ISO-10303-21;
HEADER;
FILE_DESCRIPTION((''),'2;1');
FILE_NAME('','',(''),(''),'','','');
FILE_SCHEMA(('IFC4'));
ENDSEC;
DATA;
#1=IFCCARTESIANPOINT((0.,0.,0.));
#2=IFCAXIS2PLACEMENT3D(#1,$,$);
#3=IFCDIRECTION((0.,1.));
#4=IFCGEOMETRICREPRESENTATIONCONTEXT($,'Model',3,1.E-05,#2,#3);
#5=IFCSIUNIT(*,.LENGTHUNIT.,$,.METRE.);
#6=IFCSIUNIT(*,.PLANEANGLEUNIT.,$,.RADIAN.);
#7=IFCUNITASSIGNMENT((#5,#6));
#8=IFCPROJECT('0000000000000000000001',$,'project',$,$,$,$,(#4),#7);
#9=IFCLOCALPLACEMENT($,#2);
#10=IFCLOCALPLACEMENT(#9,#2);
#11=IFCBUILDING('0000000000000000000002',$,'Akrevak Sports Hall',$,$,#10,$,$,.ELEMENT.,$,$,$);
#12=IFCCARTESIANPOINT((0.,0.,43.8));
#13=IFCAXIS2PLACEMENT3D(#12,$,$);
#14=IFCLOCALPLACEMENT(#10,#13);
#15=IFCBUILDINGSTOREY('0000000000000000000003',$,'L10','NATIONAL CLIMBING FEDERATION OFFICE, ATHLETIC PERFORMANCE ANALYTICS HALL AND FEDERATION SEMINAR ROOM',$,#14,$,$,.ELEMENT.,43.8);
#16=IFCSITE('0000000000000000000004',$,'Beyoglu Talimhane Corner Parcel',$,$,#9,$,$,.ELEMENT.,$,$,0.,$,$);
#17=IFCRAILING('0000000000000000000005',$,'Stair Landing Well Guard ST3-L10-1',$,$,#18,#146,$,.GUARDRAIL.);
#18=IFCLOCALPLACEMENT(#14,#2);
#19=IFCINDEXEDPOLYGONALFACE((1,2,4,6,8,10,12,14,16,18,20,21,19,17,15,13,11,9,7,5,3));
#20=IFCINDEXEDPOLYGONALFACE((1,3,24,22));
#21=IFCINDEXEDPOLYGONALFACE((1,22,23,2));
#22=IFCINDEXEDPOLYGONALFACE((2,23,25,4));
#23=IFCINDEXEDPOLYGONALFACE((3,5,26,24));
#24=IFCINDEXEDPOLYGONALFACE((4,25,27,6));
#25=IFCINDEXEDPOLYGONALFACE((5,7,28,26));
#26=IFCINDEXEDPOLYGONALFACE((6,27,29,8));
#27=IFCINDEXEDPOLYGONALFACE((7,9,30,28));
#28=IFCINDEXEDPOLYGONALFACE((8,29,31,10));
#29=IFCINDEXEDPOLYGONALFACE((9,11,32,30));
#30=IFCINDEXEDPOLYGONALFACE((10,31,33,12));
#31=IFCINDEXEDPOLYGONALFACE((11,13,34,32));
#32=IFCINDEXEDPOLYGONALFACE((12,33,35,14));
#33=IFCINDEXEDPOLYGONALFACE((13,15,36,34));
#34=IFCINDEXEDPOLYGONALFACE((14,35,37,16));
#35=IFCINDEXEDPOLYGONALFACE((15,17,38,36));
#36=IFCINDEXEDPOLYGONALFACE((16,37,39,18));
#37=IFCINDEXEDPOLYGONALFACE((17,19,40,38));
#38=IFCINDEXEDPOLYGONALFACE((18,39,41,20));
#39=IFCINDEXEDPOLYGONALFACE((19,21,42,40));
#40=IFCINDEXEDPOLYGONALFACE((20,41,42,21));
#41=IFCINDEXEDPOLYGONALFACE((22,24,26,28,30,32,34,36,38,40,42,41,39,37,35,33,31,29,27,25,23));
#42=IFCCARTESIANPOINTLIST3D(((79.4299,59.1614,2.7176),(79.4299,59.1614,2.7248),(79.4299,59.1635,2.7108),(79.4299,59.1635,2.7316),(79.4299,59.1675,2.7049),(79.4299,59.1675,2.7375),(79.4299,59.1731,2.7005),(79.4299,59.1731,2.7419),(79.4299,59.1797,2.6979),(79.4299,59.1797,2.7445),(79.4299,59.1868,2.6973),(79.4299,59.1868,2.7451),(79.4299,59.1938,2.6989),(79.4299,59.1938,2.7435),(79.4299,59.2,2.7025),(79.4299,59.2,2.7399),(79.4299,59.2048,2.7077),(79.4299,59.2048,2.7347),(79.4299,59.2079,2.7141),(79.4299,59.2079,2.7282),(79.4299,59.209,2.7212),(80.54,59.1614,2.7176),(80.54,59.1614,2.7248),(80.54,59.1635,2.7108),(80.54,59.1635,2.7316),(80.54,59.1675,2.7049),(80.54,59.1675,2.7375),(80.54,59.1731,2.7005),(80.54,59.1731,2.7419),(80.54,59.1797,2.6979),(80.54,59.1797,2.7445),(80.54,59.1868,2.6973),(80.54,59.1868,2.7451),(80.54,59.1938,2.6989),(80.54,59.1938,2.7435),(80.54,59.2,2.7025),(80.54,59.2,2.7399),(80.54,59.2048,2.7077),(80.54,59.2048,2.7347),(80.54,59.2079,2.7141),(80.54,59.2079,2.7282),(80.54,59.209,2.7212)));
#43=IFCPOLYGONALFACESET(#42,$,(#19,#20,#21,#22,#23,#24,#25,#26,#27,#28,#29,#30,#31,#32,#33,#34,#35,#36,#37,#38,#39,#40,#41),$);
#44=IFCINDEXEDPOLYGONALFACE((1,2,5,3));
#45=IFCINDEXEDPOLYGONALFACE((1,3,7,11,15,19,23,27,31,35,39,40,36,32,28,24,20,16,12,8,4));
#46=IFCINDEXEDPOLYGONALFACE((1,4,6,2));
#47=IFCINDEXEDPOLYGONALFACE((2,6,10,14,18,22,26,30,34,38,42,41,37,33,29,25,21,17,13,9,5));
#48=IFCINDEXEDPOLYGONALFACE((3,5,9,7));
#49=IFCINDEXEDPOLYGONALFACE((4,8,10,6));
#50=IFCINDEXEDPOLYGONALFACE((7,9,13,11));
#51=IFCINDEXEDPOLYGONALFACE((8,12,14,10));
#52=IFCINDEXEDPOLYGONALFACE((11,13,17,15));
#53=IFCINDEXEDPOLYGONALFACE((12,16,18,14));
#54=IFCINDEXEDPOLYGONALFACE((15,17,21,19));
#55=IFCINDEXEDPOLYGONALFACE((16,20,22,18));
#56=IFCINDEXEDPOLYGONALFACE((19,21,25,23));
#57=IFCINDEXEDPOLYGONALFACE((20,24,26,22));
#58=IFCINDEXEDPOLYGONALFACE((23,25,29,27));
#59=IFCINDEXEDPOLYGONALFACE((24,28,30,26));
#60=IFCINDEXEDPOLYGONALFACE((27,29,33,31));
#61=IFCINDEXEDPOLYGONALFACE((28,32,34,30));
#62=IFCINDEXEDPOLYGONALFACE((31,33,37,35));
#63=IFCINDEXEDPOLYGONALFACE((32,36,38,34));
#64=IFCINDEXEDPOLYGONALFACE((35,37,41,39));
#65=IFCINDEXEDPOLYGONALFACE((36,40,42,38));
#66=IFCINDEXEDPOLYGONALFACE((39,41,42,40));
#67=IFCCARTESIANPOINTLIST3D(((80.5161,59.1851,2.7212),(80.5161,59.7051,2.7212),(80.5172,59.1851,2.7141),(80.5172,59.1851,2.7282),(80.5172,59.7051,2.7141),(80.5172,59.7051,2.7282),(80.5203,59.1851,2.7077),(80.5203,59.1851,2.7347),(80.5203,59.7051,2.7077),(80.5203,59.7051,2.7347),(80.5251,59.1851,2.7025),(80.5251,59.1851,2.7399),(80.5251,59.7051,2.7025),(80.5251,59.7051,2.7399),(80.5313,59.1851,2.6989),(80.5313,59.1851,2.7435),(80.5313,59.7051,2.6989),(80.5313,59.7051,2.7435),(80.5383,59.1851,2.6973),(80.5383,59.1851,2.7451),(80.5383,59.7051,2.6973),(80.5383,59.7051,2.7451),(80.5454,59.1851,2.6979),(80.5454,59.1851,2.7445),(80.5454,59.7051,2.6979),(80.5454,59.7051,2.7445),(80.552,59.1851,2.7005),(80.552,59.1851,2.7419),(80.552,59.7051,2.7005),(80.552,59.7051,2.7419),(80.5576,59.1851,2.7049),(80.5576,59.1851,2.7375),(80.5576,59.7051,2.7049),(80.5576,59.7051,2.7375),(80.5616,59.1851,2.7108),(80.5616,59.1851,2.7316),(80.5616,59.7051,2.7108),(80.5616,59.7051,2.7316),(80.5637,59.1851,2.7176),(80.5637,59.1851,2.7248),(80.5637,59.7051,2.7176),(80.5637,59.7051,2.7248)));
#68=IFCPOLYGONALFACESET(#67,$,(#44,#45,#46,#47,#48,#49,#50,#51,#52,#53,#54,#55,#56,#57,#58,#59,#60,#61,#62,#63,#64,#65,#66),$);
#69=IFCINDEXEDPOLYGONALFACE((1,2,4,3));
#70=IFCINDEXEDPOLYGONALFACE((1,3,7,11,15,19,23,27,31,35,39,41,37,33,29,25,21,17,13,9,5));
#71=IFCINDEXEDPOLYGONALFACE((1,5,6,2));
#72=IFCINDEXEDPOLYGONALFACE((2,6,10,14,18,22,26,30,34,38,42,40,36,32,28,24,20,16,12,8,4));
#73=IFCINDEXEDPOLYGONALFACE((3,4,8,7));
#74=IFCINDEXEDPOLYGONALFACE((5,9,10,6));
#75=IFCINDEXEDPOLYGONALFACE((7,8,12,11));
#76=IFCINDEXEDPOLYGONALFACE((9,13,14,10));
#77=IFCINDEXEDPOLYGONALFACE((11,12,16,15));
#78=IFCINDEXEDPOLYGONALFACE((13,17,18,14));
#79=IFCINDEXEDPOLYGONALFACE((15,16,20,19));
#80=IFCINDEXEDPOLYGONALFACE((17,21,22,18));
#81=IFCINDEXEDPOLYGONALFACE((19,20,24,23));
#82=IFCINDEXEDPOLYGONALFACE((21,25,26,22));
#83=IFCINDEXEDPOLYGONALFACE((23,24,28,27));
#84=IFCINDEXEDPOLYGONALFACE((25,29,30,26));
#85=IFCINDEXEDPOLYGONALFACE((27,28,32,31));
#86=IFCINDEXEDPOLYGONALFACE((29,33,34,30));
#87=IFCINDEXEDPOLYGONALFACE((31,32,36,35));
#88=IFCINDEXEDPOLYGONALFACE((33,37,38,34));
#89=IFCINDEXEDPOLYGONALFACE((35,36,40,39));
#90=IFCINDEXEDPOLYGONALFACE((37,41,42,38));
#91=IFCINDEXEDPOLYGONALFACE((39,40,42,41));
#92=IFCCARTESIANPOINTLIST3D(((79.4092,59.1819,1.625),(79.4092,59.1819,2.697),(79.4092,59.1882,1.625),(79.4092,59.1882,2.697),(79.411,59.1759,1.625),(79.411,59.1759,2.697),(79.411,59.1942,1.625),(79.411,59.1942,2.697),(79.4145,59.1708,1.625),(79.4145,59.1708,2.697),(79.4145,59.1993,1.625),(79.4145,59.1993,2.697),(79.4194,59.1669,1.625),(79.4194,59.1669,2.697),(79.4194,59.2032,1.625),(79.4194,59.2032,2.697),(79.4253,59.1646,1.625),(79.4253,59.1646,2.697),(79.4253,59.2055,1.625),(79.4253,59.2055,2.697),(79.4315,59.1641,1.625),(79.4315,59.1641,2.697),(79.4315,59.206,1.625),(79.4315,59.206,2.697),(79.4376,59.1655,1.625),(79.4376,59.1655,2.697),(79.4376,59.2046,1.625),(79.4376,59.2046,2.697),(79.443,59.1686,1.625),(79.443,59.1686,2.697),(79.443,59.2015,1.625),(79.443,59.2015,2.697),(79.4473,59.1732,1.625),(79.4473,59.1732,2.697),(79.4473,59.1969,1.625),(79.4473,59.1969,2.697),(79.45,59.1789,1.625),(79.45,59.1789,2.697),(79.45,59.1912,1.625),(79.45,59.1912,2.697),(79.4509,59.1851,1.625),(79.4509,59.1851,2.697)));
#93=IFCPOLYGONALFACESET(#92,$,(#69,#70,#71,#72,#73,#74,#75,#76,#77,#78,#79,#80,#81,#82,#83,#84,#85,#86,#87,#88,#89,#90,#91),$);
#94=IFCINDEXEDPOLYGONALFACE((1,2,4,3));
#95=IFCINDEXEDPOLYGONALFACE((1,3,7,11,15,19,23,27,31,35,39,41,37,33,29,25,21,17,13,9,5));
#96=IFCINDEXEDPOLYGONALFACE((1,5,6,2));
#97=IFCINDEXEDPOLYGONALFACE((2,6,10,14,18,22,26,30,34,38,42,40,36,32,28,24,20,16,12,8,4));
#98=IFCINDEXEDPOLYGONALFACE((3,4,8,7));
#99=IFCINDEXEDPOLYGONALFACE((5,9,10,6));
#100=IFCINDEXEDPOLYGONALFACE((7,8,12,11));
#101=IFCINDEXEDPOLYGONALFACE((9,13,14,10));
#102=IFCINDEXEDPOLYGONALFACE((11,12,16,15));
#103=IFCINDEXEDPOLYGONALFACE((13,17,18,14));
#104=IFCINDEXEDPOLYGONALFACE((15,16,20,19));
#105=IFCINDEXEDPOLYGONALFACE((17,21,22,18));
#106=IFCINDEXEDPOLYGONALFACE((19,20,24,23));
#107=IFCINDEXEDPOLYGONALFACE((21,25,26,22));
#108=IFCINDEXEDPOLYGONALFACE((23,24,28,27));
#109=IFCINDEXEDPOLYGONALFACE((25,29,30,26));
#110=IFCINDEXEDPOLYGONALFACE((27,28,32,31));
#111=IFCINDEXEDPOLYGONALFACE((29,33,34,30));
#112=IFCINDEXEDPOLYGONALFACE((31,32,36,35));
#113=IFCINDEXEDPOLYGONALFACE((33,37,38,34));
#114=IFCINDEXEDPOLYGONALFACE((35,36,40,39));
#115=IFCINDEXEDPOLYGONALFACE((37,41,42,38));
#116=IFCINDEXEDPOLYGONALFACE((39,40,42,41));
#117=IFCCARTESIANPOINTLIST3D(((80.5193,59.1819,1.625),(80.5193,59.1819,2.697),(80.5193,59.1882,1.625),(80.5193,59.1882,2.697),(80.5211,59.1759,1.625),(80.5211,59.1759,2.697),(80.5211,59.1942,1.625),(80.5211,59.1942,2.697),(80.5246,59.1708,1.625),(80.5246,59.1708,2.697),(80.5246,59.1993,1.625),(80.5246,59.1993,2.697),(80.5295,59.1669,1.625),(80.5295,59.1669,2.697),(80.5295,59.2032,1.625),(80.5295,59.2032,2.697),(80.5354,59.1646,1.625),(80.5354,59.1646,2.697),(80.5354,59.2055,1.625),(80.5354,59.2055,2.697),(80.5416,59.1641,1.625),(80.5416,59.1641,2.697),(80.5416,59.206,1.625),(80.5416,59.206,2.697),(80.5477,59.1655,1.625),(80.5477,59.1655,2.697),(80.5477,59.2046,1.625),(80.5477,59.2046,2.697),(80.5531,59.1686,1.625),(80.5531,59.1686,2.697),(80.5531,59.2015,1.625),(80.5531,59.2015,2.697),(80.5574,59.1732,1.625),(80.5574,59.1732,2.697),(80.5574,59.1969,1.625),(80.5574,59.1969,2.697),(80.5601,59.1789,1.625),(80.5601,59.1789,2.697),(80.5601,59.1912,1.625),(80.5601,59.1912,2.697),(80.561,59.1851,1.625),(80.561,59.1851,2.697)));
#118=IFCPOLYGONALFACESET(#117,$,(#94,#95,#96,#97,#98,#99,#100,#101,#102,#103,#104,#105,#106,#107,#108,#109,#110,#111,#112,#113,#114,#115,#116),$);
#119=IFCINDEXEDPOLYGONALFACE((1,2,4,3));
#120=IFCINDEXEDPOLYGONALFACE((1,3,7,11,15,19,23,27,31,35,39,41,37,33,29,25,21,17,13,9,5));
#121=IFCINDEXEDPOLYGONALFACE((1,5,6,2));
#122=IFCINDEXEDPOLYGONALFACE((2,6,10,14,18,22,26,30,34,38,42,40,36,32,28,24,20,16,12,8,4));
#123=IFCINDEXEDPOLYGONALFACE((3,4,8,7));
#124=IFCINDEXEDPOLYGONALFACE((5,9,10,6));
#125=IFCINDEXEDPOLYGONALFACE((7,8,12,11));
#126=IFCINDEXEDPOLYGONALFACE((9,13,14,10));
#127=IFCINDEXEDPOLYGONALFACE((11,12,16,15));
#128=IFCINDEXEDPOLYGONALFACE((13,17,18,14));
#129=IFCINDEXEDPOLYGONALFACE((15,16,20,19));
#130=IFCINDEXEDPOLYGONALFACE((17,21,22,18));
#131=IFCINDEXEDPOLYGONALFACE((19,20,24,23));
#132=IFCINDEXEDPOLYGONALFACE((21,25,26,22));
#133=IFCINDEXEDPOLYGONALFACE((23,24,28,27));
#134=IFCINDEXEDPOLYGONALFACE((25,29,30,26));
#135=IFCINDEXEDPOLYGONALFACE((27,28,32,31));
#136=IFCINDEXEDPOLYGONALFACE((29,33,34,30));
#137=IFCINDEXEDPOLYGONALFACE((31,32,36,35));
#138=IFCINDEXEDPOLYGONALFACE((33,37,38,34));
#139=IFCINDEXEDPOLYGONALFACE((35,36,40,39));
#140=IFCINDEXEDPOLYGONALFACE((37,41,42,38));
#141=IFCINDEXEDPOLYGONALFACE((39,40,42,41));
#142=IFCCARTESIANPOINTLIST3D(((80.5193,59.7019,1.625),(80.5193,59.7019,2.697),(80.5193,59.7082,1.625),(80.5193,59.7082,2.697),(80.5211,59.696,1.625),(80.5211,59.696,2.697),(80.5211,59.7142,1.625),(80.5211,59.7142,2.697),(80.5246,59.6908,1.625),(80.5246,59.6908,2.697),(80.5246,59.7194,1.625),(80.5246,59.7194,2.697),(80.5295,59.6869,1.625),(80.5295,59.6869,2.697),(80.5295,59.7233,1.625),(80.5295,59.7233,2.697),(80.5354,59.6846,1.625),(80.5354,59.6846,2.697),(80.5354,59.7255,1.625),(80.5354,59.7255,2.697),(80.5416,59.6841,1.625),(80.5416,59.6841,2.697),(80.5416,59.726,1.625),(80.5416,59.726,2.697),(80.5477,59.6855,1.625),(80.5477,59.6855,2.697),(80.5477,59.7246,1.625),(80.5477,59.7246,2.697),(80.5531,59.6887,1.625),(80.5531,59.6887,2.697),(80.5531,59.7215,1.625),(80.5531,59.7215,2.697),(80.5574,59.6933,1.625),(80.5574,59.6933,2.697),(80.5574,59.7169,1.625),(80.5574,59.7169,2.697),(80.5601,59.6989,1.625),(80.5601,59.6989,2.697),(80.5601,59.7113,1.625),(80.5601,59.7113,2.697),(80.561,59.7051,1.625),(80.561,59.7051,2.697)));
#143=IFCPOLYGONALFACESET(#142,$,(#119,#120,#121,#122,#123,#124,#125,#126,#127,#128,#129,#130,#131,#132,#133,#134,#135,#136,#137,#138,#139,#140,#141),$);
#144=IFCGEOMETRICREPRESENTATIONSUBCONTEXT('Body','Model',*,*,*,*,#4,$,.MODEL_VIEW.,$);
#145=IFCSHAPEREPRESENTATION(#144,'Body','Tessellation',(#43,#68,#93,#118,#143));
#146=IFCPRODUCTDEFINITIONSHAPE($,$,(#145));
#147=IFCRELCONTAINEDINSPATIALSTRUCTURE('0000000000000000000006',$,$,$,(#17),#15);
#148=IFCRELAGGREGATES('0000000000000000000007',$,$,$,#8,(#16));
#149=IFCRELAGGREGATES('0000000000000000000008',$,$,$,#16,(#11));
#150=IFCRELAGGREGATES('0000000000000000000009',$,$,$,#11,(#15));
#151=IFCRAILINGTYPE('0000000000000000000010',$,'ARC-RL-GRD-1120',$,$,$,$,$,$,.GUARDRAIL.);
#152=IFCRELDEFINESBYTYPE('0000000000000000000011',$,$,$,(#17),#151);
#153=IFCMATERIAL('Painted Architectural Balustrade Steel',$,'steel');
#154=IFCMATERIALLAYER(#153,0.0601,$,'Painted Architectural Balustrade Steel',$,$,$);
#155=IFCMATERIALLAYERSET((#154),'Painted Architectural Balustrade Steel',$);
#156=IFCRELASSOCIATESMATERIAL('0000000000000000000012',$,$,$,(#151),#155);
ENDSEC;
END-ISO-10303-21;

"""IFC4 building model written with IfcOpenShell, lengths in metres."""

from ifc_helpers import new_model, si_unit, direction, frame, origin, origin_2d, place, context, subcontext, project, spatial, circle, extrude, material, layer, layer_set, type_object, element, save


model = new_model("IFC4")

# Units and contexts
model_context = context("Model", 3, precision=1e-05, world=origin(), true_north=direction((0.0, 1.0)))
body_context = subcontext(model_context, "Body", "Model", "MODEL_VIEW")
ifc_project = project(units=[si_unit("LENGTHUNIT", "METRE"), si_unit("PLANEANGLEUNIT", "RADIAN")], contexts=[model_context])

# Site, building, storey
site_placement = place(None, origin())
site = spatial("IfcSite", under=ifc_project, at=site_placement, Name="Beyoglu Talimhane Corner Parcel", CompositionType="ELEMENT", RefElevation=0.0)
building_placement = place(site_placement, origin())
building = spatial("IfcBuilding", under=site, at=building_placement, Name="Akrevak Sports Hall", CompositionType="ELEMENT")
storey_placement = place(building_placement, frame((0.0, 0.0, 43.8)))
storey = spatial("IfcBuildingStorey", under=building, at=storey_placement, Name="L10", Description="NATIONAL CLIMBING FEDERATION OFFICE, ATHLETIC PERFORMANCE ANALYTICS HALL AND FEDERATION SEMINAR ROOM", CompositionType="ELEMENT", Elevation=43.8)

# Railing
ifc_material_1 = material(Name="Painted Architectural Balustrade Steel", Category="steel")
ifc_layer_1 = layer(ifc_material_1, 0.0601, Name="Painted Architectural Balustrade Steel")
ifc_layer_set_1 = layer_set([ifc_layer_1], Name="Painted Architectural Balustrade Steel")
railing_type_1 = type_object("IfcRailingType", Name="ARC-RL-GRD-1120", PredefinedType="GUARDRAIL", material=ifc_layer_set_1)
railing_1_placement = place(storey_placement, frame((79.4299, 59.1851, 1.625)))
element("IfcRailing", 1, at=railing_1_placement, inside=storey, type_object=railing_type_1, Name="Stair Landing Well Guard ST3-L10-1", PredefinedType="GUARDRAIL", context=body_context, shape_type="SweptSolid", body=[
    extrude(circle(Radius=0.0239, at=origin_2d()), frame((0.0, 0.0, 1.0962), z_axis=(1.0, 0.0, 0.0), x_axis=(0.0, 1.0, 0.0)), (0.0, 0.0, 1.0), 1.1101),
    extrude(circle(Radius=0.0239, at=origin_2d()), frame((1.1101, 0.0, 1.0962), z_axis=(0.0, 1.0, 0.0), x_axis=(-1.0, 0.0, 0.0)), (0.0, 0.0, 1.0), 0.52),
    extrude(circle(Radius=0.021, at=origin_2d()), origin(), (0.0, 0.0, 1.0), 1.072),
    extrude(circle(Radius=0.021, at=origin_2d()), frame((1.1101, 0.0, 0.0)), (0.0, 0.0, 1.0), 1.072),
    extrude(circle(Radius=0.021, at=origin_2d()), frame((1.1101, 0.52, 0.0)), (0.0, 0.0, 1.0), 1.072),
])

save(model, "model.ifc")
